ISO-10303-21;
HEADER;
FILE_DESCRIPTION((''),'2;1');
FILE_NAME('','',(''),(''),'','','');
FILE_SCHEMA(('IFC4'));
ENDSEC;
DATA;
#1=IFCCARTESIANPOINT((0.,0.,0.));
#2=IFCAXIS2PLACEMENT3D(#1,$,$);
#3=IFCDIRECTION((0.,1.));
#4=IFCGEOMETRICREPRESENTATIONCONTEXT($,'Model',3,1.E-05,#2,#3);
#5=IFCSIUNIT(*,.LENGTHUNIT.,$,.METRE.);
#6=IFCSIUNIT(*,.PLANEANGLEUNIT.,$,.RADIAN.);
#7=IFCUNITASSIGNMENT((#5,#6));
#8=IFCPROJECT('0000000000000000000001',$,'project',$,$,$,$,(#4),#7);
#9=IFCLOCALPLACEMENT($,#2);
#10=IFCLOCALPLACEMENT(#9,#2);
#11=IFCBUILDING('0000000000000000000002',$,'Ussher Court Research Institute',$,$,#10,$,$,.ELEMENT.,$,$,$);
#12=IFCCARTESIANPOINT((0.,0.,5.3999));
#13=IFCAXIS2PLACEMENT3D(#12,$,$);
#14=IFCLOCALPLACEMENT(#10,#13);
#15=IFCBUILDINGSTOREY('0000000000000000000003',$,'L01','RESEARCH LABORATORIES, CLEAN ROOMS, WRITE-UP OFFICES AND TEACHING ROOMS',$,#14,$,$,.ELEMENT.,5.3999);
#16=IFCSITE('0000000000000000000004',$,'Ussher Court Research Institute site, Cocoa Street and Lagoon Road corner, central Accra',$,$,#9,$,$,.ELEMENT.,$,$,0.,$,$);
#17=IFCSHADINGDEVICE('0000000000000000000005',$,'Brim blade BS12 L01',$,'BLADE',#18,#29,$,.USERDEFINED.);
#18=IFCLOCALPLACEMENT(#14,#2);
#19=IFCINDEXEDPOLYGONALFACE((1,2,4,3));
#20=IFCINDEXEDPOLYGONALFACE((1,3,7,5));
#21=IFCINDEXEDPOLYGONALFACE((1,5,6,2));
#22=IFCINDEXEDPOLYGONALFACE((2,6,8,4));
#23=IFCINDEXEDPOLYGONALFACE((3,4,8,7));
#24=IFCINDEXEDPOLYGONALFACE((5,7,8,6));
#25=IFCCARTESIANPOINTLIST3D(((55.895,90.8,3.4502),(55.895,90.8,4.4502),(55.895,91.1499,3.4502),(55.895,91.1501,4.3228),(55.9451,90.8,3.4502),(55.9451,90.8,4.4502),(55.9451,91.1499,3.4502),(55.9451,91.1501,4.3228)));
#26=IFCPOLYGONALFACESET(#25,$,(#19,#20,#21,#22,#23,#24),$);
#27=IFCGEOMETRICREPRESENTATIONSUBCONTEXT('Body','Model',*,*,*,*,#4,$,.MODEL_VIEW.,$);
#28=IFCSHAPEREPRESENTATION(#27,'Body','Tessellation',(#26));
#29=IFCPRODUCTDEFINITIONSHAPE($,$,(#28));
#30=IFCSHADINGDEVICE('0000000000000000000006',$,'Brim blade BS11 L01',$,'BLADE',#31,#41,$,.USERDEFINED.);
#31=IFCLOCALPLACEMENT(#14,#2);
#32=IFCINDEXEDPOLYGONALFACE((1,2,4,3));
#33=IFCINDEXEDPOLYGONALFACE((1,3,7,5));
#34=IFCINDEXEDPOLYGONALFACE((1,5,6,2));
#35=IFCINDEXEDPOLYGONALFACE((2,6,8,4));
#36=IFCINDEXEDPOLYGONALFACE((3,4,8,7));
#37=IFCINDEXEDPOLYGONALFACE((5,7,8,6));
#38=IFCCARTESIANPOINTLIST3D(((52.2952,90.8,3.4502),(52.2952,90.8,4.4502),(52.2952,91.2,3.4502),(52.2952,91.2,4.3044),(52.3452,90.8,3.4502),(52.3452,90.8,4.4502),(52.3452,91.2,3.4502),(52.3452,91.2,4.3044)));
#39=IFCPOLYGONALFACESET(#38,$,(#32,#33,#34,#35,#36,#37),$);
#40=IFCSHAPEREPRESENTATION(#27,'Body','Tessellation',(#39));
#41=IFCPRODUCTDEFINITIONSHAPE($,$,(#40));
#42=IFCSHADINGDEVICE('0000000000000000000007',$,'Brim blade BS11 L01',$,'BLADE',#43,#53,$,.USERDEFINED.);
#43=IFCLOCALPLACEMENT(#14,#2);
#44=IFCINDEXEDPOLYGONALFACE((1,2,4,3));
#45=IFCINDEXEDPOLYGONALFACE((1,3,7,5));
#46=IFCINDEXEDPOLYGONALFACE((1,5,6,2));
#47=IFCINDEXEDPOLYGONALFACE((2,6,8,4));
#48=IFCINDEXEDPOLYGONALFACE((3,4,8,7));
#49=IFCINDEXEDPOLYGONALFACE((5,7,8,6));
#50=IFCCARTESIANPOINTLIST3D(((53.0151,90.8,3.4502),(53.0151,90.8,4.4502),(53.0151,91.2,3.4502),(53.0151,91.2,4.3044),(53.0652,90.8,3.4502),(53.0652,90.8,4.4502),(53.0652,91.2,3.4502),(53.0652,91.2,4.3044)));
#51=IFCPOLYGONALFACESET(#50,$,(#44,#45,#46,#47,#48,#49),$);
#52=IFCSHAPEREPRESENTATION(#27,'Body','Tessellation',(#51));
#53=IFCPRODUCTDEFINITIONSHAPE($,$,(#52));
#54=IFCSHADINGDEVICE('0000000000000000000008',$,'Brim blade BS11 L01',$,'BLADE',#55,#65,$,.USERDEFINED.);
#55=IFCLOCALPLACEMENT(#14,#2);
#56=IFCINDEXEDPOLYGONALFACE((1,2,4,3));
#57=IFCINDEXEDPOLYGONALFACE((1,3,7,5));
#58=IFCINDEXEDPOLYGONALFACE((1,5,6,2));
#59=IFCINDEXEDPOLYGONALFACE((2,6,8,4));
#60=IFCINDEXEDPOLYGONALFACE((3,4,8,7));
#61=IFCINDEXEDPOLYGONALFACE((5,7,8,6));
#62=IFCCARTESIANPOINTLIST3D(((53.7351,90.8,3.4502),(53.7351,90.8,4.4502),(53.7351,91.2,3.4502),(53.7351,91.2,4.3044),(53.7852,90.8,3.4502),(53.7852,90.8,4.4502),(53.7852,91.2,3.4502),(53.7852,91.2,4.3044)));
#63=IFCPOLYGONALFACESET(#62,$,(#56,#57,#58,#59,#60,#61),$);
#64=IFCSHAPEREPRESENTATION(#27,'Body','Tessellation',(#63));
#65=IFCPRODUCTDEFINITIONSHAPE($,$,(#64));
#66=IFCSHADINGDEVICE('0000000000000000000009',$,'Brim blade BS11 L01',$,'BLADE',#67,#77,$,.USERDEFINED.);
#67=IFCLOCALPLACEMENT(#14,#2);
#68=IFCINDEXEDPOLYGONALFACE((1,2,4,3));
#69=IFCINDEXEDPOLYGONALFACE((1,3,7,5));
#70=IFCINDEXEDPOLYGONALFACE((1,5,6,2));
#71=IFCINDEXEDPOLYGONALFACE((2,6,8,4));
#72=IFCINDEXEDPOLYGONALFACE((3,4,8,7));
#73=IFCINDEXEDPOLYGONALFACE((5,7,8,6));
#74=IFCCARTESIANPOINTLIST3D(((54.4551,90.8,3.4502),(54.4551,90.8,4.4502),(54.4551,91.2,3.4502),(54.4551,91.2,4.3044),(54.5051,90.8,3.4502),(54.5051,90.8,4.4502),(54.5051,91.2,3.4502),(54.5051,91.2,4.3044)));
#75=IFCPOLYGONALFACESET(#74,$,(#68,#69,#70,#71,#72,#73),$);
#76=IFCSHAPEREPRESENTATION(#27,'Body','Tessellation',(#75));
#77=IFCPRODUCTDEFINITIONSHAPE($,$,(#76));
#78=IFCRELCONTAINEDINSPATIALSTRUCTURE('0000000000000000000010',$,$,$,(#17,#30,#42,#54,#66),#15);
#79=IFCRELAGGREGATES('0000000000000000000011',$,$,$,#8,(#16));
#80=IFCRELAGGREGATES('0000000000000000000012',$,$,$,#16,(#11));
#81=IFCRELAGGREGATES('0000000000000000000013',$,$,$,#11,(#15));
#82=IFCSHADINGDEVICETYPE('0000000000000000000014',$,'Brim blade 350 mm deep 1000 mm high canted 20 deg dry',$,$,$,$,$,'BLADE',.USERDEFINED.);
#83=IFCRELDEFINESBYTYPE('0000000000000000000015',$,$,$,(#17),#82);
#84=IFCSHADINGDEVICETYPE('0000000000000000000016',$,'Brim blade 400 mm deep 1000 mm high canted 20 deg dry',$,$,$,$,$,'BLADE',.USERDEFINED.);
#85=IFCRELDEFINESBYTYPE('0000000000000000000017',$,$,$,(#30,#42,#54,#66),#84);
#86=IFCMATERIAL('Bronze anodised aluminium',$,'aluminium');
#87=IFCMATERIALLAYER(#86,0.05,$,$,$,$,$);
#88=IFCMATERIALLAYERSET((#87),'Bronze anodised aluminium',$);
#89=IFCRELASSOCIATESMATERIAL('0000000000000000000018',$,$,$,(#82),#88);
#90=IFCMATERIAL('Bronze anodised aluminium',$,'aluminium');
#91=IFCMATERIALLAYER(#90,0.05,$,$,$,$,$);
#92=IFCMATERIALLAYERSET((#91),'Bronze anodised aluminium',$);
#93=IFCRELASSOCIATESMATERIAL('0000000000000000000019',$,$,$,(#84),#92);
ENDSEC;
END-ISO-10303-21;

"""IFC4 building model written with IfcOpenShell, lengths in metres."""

from ifc_helpers import new_model, si_unit, direction, frame, origin, place, context, subcontext, project, spatial, polyline, outline, extrude, material, layer, layer_set, type_object, element, save


model = new_model("IFC4")

# Units and contexts
model_context = context("Model", 3, precision=1e-05, world=origin(), true_north=direction((0.0, 1.0)))
body_context = subcontext(model_context, "Body", "Model", "MODEL_VIEW")
ifc_project = project(units=[si_unit("LENGTHUNIT", "METRE"), si_unit("PLANEANGLEUNIT", "RADIAN")], contexts=[model_context])

# Site, building, storey
site_placement = place(None, origin())
site = spatial("IfcSite", under=ifc_project, at=site_placement, Name="Ussher Court Research Institute site, Cocoa Street and Lagoon Road corner, central Accra", CompositionType="ELEMENT", RefElevation=0.0)
building_placement = place(site_placement, origin())
building = spatial("IfcBuilding", under=site, at=building_placement, Name="Ussher Court Research Institute", CompositionType="ELEMENT")
storey_placement = place(building_placement, frame((0.0, 0.0, 5.3999)))
storey = spatial("IfcBuildingStorey", under=building, at=storey_placement, Name="L01", Description="RESEARCH LABORATORIES, CLEAN ROOMS, WRITE-UP OFFICES AND TEACHING ROOMS", CompositionType="ELEMENT", Elevation=5.3999)

# Shading devices
ifc_material_1 = material(Name="Bronze anodised aluminium", Category="aluminium")
ifc_layer_1 = layer(ifc_material_1, 0.05)
ifc_layer_set_1 = layer_set([ifc_layer_1], Name="Bronze anodised aluminium")
shading_device_type_1 = type_object("IfcShadingDeviceType", Name="Brim blade 350 mm deep 1000 mm high canted 20 deg dry", ElementType="BLADE", PredefinedType="USERDEFINED", material=ifc_layer_set_1)
for number, where, z_axis, x_axis, name in (
    (1, (55.9199, 90.8, 3.4502), (0.0, 0.0, 1.0), (0.0, 1.0, 0.0), "Brim blade BS12 L01"),
):
    element("IfcShadingDevice", number, at=place(storey_placement, frame(where, z_axis=z_axis, x_axis=x_axis)), inside=storey, type_object=shading_device_type_1, Name=name, ObjectType="BLADE", PredefinedType="USERDEFINED", context=body_context, shape_type="SweptSolid", body=[
        extrude(outline(polyline([(0.0, 0.0), (0.3499, 0.0), (0.3501, 0.8726), (0.0, 1.0), (0.0, 0.0)])), frame((0.0, 0.0249, 0.0), z_axis=(0.0, -1.0, 0.0), x_axis=(1.0, 0.0, 0.0)), (0.0, 0.0, 1.0), 0.05),
    ])
ifc_material_2 = material(Name="Bronze anodised aluminium", Category="aluminium")
ifc_layer_2 = layer(ifc_material_2, 0.05)
ifc_layer_set_2 = layer_set([ifc_layer_2], Name="Bronze anodised aluminium")
shading_device_type_2 = type_object("IfcShadingDeviceType", Name="Brim blade 400 mm deep 1000 mm high canted 20 deg dry", ElementType="BLADE", PredefinedType="USERDEFINED", material=ifc_layer_set_2)
for number, where, z_axis, x_axis, name in (
    (2, (52.3201, 90.8, 3.4502), (0.0, 0.0, 1.0), (0.0, 1.0, 0.0), "Brim blade BS11 L01"),
    (3, (53.04, 90.8, 3.4502), (0.0, 0.0, 1.0), (0.0, 1.0, 0.0), "Brim blade BS11 L01"),
    (4, (53.76, 90.8, 3.4502), (0.0, 0.0, 1.0), (0.0, 1.0, 0.0), "Brim blade BS11 L01"),
    (5, (54.48, 90.8, 3.4502), (0.0, 0.0, 1.0), (0.0, 1.0, 0.0), "Brim blade BS11 L01"),
):
    element("IfcShadingDevice", number, at=place(storey_placement, frame(where, z_axis=z_axis, x_axis=x_axis)), inside=storey, type_object=shading_device_type_2, Name=name, ObjectType="BLADE", PredefinedType="USERDEFINED", context=body_context, shape_type="SweptSolid", body=[
        extrude(outline(polyline([(0.0, 0.0), (0.3999, 0.0), (0.3999, 0.8542), (0.0, 1.0), (0.0, 0.0)])), frame((0.0, 0.0249, 0.0), z_axis=(0.0, -1.0, 0.0), x_axis=(1.0, 0.0, 0.0)), (0.0, 0.0, 1.0), 0.05),
    ])

save(model, "model.ifc")
